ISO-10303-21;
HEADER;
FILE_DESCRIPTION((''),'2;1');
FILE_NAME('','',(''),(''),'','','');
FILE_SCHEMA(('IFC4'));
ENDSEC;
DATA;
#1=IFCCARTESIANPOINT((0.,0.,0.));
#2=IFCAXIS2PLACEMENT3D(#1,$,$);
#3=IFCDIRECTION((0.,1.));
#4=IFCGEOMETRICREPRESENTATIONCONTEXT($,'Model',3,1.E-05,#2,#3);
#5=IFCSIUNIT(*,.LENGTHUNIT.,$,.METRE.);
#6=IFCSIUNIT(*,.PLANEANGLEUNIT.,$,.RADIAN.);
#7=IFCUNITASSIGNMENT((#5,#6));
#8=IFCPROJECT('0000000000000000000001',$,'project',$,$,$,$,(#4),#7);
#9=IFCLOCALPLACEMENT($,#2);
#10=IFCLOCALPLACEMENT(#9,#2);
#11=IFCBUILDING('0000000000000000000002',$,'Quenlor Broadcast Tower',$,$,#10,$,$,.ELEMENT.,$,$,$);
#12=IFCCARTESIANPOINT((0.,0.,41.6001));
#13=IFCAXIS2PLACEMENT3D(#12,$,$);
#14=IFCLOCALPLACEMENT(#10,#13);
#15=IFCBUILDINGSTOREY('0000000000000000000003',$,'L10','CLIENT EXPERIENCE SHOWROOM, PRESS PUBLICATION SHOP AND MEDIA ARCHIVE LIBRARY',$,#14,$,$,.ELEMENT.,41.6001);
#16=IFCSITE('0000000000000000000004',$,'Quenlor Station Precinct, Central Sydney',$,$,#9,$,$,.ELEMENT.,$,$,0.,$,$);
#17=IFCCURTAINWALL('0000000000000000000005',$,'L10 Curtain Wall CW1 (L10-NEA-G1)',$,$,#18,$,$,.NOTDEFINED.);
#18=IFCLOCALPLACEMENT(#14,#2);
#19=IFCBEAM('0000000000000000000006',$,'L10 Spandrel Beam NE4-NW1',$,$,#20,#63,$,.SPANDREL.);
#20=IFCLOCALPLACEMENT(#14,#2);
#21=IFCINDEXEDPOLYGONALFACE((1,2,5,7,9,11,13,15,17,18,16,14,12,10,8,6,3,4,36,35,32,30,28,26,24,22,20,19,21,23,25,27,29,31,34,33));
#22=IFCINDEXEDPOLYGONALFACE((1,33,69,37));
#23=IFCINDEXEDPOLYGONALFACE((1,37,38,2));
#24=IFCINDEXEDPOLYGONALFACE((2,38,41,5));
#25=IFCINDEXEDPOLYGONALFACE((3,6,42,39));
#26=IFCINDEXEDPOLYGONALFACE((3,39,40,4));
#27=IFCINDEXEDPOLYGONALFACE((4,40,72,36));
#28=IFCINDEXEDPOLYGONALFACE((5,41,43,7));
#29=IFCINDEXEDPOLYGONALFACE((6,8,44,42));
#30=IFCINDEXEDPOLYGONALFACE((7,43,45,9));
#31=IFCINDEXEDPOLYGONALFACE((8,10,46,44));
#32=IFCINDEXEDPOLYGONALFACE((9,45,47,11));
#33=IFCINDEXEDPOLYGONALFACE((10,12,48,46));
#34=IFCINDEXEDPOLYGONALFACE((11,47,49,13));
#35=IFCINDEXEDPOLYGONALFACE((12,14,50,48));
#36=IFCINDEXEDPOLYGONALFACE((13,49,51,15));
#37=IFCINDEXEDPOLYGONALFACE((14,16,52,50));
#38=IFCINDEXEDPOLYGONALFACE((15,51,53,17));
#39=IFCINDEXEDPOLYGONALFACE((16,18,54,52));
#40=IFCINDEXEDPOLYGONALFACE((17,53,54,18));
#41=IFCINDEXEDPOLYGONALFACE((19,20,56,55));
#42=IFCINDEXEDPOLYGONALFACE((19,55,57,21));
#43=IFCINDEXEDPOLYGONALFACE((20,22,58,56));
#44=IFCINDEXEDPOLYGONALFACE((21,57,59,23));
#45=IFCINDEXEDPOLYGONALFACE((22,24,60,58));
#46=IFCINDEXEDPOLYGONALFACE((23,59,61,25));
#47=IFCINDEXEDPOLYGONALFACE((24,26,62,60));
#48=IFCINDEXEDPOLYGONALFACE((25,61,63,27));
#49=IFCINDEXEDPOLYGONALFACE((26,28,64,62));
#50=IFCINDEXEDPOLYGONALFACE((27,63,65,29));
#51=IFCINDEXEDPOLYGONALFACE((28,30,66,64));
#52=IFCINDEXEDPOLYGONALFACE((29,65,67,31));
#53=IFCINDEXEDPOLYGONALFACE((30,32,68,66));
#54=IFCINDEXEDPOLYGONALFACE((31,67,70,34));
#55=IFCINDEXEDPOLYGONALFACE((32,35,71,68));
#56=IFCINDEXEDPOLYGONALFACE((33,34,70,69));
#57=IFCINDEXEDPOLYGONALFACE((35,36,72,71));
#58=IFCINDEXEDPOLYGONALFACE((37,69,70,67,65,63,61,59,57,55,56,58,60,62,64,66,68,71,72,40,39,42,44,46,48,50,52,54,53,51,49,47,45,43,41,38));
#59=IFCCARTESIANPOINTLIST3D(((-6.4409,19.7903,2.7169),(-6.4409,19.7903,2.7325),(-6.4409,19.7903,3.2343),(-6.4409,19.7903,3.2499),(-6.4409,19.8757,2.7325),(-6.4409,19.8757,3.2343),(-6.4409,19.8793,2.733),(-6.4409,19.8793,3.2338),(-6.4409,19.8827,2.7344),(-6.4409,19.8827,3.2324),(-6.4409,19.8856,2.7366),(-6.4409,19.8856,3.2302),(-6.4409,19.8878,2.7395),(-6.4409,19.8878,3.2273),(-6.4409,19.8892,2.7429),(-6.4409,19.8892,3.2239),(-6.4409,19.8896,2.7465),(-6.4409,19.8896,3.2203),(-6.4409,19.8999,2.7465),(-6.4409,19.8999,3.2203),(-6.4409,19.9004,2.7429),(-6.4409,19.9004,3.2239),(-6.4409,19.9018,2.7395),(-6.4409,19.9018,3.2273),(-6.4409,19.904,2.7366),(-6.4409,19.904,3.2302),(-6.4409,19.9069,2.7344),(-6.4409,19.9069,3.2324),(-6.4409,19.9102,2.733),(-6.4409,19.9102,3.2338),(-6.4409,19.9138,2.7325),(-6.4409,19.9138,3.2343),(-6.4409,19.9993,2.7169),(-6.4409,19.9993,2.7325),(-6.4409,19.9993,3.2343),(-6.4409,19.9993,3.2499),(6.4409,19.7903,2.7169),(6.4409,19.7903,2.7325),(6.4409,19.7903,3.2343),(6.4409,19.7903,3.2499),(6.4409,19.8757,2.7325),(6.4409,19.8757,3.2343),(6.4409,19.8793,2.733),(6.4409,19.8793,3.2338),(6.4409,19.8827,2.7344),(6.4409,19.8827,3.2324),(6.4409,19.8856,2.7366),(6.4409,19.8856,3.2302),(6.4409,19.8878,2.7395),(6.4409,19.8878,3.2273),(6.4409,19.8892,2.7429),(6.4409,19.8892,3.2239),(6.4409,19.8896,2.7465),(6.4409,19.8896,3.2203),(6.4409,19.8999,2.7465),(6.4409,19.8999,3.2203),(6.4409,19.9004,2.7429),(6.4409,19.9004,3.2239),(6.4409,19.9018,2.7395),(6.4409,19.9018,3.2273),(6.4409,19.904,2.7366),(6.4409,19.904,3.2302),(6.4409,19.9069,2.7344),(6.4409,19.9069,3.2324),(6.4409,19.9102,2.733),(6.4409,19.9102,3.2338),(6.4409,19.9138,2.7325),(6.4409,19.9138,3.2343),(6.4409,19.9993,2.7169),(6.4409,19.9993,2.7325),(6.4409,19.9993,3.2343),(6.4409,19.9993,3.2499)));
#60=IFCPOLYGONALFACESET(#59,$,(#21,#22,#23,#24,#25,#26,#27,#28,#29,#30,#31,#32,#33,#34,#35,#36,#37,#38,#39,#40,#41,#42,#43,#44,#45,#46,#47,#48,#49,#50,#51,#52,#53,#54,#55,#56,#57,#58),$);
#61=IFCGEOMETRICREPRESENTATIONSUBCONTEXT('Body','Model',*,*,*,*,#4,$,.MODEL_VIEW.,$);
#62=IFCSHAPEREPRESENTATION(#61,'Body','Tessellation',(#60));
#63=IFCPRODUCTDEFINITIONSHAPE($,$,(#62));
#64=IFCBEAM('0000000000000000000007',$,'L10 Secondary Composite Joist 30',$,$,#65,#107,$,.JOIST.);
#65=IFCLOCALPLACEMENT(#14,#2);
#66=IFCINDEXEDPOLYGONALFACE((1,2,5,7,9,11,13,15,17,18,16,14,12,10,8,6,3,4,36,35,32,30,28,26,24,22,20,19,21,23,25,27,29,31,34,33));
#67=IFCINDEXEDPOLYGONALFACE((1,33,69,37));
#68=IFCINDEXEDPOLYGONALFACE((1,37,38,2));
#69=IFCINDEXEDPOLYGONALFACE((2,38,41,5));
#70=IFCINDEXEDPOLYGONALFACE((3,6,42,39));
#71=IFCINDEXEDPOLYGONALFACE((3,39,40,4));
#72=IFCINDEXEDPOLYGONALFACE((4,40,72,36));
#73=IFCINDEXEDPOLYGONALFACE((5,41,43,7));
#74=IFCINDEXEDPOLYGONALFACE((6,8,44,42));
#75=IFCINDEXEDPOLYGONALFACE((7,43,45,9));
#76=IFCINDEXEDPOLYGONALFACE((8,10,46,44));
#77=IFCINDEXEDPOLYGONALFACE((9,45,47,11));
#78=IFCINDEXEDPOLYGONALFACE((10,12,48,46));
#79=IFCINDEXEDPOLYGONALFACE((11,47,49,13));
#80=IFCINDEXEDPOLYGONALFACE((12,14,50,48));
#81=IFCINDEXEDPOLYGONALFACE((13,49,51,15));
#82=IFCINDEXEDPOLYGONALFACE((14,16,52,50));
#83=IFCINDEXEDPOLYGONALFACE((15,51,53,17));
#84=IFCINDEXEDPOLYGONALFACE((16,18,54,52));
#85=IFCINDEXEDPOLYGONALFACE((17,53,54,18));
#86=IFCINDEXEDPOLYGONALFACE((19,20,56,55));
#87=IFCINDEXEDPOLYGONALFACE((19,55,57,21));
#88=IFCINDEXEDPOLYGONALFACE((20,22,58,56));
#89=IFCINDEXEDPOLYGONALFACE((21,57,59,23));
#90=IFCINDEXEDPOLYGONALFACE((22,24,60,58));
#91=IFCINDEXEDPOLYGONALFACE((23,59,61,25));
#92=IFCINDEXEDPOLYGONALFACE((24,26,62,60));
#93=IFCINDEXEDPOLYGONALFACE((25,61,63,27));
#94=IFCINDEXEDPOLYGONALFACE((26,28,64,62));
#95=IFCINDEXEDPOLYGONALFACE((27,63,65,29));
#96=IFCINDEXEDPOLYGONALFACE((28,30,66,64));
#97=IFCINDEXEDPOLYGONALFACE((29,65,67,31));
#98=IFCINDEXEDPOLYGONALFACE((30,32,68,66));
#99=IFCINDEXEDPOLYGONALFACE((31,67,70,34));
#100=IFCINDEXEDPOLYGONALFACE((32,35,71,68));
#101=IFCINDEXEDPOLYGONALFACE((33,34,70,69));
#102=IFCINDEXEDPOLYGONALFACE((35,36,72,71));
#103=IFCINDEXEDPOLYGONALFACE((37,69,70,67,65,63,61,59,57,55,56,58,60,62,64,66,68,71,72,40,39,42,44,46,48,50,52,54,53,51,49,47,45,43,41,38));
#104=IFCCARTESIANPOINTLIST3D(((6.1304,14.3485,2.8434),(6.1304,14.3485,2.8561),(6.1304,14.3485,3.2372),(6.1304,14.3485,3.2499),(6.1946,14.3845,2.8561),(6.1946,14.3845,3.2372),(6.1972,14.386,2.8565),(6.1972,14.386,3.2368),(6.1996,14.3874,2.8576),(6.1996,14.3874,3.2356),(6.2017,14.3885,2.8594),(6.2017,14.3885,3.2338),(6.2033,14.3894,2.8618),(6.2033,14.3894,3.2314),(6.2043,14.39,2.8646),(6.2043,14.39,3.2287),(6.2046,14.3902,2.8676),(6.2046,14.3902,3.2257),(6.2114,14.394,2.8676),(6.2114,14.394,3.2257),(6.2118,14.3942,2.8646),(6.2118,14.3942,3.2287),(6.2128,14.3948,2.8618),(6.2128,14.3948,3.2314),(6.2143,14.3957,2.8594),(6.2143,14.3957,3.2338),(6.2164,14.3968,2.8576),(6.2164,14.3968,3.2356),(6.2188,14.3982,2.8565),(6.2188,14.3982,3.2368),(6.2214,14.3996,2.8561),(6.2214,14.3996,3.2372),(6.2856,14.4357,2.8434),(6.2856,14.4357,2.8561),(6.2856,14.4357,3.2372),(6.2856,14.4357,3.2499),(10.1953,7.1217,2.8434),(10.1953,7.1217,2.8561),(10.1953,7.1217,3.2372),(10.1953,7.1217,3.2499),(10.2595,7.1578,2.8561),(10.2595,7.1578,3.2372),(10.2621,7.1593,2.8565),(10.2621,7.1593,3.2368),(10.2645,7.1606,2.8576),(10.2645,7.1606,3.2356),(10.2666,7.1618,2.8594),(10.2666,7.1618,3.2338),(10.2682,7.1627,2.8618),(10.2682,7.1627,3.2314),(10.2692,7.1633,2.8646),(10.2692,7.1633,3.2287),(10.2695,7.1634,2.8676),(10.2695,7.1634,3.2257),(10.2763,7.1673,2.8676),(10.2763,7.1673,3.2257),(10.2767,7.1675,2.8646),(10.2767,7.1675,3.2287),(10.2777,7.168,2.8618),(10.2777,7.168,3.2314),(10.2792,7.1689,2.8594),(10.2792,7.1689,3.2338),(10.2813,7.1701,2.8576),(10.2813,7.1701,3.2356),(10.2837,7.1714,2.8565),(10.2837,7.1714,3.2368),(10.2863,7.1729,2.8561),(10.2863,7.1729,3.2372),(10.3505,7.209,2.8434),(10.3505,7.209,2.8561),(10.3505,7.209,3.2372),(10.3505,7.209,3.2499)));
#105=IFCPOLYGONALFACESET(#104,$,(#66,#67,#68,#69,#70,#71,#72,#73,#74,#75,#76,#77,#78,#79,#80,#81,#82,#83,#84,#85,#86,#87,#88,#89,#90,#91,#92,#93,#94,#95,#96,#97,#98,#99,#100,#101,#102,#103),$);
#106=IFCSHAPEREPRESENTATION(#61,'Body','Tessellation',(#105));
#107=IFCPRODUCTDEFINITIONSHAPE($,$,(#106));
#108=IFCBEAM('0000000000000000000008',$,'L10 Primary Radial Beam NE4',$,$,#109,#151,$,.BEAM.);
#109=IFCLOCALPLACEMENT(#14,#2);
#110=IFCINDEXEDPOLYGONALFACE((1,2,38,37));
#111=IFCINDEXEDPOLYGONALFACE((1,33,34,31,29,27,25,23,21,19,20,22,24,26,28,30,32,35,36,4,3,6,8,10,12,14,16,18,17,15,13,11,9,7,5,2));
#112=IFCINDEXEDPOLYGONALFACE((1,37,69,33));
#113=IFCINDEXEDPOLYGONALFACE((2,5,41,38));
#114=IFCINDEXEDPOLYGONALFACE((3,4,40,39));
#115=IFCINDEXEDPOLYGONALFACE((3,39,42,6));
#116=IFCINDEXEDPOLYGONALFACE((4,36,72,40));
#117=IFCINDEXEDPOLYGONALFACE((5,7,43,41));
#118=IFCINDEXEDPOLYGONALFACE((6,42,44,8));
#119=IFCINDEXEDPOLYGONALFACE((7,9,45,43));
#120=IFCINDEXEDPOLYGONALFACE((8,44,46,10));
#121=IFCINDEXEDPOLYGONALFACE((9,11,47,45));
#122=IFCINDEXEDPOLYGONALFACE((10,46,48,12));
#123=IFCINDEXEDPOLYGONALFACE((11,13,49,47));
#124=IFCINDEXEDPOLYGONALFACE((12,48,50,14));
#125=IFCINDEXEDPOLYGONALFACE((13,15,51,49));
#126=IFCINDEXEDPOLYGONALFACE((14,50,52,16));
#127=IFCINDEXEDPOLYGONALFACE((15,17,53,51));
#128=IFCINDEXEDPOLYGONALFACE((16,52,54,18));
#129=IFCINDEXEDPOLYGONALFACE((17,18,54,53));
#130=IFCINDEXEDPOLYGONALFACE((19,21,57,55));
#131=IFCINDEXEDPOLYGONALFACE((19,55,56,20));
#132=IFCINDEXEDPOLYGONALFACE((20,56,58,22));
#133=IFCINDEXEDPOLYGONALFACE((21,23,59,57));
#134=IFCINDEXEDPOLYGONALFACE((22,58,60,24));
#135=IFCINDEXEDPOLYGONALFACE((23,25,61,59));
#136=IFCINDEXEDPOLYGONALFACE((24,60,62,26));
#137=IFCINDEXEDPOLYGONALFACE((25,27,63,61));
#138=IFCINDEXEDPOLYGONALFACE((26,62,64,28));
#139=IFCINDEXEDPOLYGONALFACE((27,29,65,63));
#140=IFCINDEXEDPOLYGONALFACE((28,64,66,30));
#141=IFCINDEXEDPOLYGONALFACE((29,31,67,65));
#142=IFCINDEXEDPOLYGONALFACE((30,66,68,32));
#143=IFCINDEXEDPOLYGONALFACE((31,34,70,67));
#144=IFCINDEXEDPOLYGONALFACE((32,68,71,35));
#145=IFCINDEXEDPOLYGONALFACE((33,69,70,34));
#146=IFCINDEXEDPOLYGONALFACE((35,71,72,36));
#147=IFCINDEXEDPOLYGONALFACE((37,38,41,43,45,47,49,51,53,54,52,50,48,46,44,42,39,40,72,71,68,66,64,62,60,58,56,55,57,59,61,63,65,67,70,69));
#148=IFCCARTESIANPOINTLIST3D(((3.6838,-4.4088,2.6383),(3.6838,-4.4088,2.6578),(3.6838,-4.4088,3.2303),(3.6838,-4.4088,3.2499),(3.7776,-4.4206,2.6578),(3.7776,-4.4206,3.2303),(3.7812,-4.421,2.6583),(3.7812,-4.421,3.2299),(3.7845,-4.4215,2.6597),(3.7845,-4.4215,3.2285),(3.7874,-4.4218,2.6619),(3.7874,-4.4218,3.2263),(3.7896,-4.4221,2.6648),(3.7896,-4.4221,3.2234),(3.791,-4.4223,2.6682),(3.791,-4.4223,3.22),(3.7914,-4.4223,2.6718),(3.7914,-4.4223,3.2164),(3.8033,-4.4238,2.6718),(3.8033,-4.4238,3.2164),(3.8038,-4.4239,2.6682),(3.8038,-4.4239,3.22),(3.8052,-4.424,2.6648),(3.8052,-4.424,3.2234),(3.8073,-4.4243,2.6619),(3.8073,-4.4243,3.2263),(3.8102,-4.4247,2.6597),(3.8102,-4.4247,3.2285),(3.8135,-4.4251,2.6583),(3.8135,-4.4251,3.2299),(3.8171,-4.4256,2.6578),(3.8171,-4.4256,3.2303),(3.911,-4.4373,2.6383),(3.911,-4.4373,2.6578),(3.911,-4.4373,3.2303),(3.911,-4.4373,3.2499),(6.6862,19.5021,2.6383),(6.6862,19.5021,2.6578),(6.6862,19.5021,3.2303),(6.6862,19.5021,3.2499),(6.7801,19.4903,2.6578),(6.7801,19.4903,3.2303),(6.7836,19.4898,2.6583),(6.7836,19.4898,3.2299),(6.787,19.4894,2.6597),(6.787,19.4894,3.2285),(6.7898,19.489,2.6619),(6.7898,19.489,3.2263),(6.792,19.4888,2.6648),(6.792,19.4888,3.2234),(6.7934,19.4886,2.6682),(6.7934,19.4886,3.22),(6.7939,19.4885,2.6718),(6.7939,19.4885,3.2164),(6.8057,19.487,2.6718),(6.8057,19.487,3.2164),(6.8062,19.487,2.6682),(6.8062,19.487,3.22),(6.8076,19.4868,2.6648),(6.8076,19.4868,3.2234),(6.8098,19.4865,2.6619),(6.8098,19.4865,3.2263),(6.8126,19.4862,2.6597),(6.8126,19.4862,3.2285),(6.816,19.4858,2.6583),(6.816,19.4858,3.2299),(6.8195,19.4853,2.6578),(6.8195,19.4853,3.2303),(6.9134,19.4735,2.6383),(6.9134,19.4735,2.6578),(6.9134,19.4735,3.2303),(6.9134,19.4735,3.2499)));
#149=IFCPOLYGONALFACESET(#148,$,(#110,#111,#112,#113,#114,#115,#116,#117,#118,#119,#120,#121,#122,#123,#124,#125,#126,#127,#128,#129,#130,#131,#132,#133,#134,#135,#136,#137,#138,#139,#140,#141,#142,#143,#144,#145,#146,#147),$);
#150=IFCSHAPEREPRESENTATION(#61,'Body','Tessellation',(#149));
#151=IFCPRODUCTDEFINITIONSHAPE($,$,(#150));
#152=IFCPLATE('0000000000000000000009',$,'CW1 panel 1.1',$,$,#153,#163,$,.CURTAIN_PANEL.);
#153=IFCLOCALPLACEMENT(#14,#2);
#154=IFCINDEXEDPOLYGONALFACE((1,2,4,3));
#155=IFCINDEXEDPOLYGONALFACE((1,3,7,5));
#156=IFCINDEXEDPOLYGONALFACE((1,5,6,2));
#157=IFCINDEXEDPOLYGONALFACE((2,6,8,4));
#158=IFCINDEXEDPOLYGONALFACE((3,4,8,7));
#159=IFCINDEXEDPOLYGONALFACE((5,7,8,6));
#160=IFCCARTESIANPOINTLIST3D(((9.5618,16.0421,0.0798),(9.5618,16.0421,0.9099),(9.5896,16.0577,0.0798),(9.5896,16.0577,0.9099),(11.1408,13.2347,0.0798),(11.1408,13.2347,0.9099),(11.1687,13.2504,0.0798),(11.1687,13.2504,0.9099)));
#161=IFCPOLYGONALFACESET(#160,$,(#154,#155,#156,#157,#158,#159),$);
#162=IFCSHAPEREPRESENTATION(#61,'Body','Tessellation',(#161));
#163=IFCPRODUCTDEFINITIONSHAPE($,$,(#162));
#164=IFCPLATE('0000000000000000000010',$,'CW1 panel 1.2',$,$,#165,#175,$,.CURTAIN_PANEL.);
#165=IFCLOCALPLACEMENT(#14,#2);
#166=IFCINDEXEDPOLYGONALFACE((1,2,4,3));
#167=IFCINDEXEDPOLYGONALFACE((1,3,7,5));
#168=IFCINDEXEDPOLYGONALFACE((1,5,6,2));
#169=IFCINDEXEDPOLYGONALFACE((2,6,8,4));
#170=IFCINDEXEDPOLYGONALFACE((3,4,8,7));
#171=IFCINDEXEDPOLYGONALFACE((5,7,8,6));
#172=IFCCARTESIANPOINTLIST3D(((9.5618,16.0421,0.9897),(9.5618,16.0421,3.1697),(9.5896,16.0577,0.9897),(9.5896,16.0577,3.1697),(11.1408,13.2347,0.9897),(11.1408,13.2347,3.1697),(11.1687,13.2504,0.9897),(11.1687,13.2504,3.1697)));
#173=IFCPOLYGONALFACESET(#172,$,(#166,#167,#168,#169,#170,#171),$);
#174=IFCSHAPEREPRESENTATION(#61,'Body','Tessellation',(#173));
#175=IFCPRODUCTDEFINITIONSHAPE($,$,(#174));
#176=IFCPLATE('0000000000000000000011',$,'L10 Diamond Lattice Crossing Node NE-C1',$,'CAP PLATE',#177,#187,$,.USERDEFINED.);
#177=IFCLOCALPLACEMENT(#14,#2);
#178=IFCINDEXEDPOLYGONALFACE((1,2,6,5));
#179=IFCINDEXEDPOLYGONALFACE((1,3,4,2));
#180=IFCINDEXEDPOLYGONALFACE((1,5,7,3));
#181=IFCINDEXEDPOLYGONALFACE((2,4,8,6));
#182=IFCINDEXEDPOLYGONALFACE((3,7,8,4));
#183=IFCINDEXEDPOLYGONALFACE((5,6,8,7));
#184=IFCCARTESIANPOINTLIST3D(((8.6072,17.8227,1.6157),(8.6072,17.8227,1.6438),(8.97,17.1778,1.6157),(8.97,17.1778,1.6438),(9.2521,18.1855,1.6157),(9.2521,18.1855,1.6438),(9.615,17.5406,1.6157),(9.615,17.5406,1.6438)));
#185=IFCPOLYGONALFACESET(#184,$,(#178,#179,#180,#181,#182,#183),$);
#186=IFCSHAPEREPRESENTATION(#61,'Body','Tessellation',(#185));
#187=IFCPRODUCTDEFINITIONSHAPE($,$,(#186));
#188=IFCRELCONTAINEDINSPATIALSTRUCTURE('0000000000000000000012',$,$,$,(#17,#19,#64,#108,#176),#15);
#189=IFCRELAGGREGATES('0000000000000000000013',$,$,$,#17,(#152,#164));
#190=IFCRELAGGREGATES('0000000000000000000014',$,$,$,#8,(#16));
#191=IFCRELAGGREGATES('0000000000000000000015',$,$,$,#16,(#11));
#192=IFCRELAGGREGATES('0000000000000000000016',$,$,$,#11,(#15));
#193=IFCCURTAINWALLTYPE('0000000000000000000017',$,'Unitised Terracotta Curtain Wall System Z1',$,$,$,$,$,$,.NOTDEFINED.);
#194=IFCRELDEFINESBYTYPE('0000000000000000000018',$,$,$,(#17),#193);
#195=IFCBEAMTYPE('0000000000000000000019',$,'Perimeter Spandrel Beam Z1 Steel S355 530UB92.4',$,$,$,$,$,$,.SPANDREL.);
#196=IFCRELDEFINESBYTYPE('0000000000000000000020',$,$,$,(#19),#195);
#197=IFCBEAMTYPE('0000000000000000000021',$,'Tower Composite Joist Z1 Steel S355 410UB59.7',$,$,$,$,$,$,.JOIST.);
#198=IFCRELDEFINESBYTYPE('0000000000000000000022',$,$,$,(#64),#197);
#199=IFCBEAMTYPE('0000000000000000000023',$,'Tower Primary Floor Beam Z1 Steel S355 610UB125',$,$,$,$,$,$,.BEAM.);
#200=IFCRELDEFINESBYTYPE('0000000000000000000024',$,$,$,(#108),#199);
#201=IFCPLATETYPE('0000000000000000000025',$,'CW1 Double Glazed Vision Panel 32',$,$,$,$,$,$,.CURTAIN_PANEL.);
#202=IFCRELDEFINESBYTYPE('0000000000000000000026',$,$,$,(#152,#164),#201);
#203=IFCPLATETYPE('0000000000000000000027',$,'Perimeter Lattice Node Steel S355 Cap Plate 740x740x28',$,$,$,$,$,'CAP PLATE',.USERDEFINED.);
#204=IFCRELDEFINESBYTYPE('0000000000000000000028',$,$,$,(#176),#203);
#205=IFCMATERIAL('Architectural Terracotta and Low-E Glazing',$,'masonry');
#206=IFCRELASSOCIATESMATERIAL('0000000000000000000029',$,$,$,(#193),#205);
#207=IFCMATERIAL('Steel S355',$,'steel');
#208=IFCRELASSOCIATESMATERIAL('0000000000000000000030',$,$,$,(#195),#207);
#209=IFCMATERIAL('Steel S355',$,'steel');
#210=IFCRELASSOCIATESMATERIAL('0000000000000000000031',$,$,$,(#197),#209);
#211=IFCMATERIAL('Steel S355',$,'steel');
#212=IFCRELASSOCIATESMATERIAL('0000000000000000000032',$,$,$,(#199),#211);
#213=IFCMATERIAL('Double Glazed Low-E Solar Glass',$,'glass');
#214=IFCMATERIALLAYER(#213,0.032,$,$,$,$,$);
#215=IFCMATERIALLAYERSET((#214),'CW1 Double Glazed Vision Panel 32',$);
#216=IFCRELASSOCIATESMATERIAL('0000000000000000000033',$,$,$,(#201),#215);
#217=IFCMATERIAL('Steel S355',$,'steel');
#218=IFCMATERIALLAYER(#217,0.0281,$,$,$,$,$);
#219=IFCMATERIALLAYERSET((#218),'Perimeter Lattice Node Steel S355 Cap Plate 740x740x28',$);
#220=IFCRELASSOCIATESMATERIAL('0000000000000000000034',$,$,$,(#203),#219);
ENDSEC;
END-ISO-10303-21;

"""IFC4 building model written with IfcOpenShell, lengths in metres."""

from ifc_helpers import new_model, si_unit, direction, frame, origin, origin_2d, place, context, subcontext, project, spatial, rectangle, i_section, extrude, material, layer, layer_set, material_profile, profile_set, type_object, element, aggregate, save


model = new_model("IFC4")

# Units and contexts
model_context = context("Model", 3, precision=1e-05, world=origin(), true_north=direction((0.0, 1.0)))
body_context = subcontext(model_context, "Body", "Model", "MODEL_VIEW")
ifc_project = project(units=[si_unit("LENGTHUNIT", "METRE"), si_unit("PLANEANGLEUNIT", "RADIAN")], contexts=[model_context])

# Site, building, storey
site_placement = place(None, origin())
site = spatial("IfcSite", under=ifc_project, at=site_placement, Name="Quenlor Station Precinct, Central Sydney", CompositionType="ELEMENT", RefElevation=0.0)
building_placement = place(site_placement, origin())
building = spatial("IfcBuilding", under=site, at=building_placement, Name="Quenlor Broadcast Tower", CompositionType="ELEMENT")
storey_placement = place(building_placement, frame((0.0, 0.0, 41.6001)))
storey = spatial("IfcBuildingStorey", under=building, at=storey_placement, Name="L10", Description="CLIENT EXPERIENCE SHOWROOM, PRESS PUBLICATION SHOP AND MEDIA ARCHIVE LIBRARY", CompositionType="ELEMENT", Elevation=41.6001)

# Curtain wall
ifc_material_1 = material(Name="Architectural Terracotta and Low-E Glazing", Category="masonry")
curtain_wall_type = type_object("IfcCurtainWallType", Name="Unitised Terracotta Curtain Wall System Z1", PredefinedType="NOTDEFINED", material=ifc_material_1)
curtain_wall_placement = place(storey_placement, origin())
curtain_wall = element("IfcCurtainWall", 1, at=curtain_wall_placement, inside=storey, type_object=curtain_wall_type, Name="L10 Curtain Wall CW1 (L10-NEA-G1)", PredefinedType="NOTDEFINED")

# Beams
ifc_material_2 = material(Name="Steel S355", Category="steel")
ifc_material_profile_1 = material_profile(ifc_material_2, i_section(OverallWidth=0.209, OverallDepth=0.533, WebThickness=0.0103, FlangeThickness=0.0156, FilletRadius=0.0139, at=origin_2d()))
ifc_profile_set_1 = profile_set([ifc_material_profile_1], Name="Steel S355 530UB92.4")
beam_type_1 = type_object("IfcBeamType", Name="Perimeter Spandrel Beam Z1 Steel S355 530UB92.4", PredefinedType="SPANDREL", material=ifc_profile_set_1)
beam_1_placement = place(storey_placement, frame((6.4409, 19.8948, 2.9834), z_axis=(-1.0, 0.0, 0.0), x_axis=(0.0, -1.0, 0.0)))
element("IfcBeam", 2, at=beam_1_placement, inside=storey, type_object=beam_type_1, Name="L10 Spandrel Beam NE4-NW1", PredefinedType="SPANDREL", context=body_context, shape_type="SweptSolid", body=[
    extrude(i_section(OverallWidth=0.209, OverallDepth=0.533, WebThickness=0.0103, FlangeThickness=0.0156, FilletRadius=0.0139, at=origin_2d()), origin(), (0.0, 0.0, 1.0), 12.8818),
])
ifc_material_3 = material(Name="Steel S355", Category="steel")
ifc_material_profile_2 = material_profile(ifc_material_3, i_section(OverallWidth=0.178, OverallDepth=0.4065, WebThickness=0.0078, FlangeThickness=0.0127, FilletRadius=0.0115, at=origin_2d()))
ifc_profile_set_2 = profile_set([ifc_material_profile_2], Name="Steel S355 410UB59.7")
beam_type_2 = type_object("IfcBeamType", Name="Tower Composite Joist Z1 Steel S355 410UB59.7", PredefinedType="JOIST", material=ifc_profile_set_2)
beam_2_placement = place(storey_placement, frame((6.208, 14.3921, 3.0466), z_axis=(0.490249, -0.871583, 0.0), x_axis=(0.871583, 0.490249, 0.0)))
element("IfcBeam", 3, at=beam_2_placement, inside=storey, type_object=beam_type_2, Name="L10 Secondary Composite Joist 30", PredefinedType="JOIST", context=body_context, shape_type="SweptSolid", body=[
    extrude(i_section(OverallWidth=0.178, OverallDepth=0.4065, WebThickness=0.0078, FlangeThickness=0.0127, FilletRadius=0.0115, at=origin_2d()), origin(), (0.0, 0.0, 1.0), 8.2915),
])
ifc_material_4 = material(Name="Steel S355", Category="steel")
ifc_material_profile_3 = material_profile(ifc_material_4, i_section(OverallWidth=0.229, OverallDepth=0.6116, WebThickness=0.012, FlangeThickness=0.0195, FilletRadius=0.0139, at=origin_2d()))
ifc_profile_set_3 = profile_set([ifc_material_profile_3], Name="Steel S355 610UB125")
beam_type_3 = type_object("IfcBeamType", Name="Tower Primary Floor Beam Z1 Steel S355 610UB125", PredefinedType="BEAM", material=ifc_profile_set_3)
beam_3_placement = place(storey_placement, frame((6.7998, 19.4878, 2.9441), z_axis=(-0.12459, -0.992208, 0.0), x_axis=(0.992208, -0.12459, 0.0)))
element("IfcBeam", 4, at=beam_3_placement, inside=storey, type_object=beam_type_3, Name="L10 Primary Radial Beam NE4", PredefinedType="BEAM", context=body_context, shape_type="SweptSolid", body=[
    extrude(i_section(OverallWidth=0.229, OverallDepth=0.6116, WebThickness=0.012, FlangeThickness=0.0195, FilletRadius=0.0139, at=origin_2d()), origin(), (0.0, 0.0, 1.0), 24.0986),
])

# Plates
ifc_material_5 = material(Name="Double Glazed Low-E Solar Glass", Category="glass")
ifc_layer_1 = layer(ifc_material_5, 0.032)
ifc_layer_set_1 = layer_set([ifc_layer_1], Name="CW1 Double Glazed Vision Panel 32")
plate_type_1 = type_object("IfcPlateType", Name="CW1 Double Glazed Vision Panel 32", PredefinedType="CURTAIN_PANEL", material=ifc_layer_set_1)
plate_1_placement = place(storey_placement, frame((10.3652, 14.6462, 0.0798), z_axis=(0.0, 0.0, 1.0), x_axis=(0.490244, -0.871585, 0.0)))
plate_1 = element("IfcPlate", 5, at=plate_1_placement, type_object=plate_type_1, Name="CW1 panel 1.1", PredefinedType="CURTAIN_PANEL", context=body_context, shape_type="SweptSolid", body=[
    extrude(rectangle(XDim=3.2209, YDim=0.032, at=origin_2d()), origin(), (0.0, 0.0, 1.0), 0.8301),
])
plate_2_placement = place(storey_placement, frame((10.3652, 14.6462, 0.9897), z_axis=(0.0, 0.0, 1.0), x_axis=(0.490244, -0.871585, 0.0)))
plate_2 = element("IfcPlate", 6, at=plate_2_placement, type_object=plate_type_1, Name="CW1 panel 1.2", PredefinedType="CURTAIN_PANEL", context=body_context, shape_type="SweptSolid", body=[
    extrude(rectangle(XDim=3.2209, YDim=0.032, at=origin_2d()), origin(), (0.0, 0.0, 1.0), 2.1799),
])
aggregate(curtain_wall, [plate_1, plate_2])

# Plate
ifc_material_6 = material(Name="Steel S355", Category="steel")
ifc_layer_2 = layer(ifc_material_6, 0.0281)
ifc_layer_set_2 = layer_set([ifc_layer_2], Name="Perimeter Lattice Node Steel S355 Cap Plate 740x740x28")
plate_type_2 = type_object("IfcPlateType", Name="Perimeter Lattice Node Steel S355 Cap Plate 740x740x28", ElementType="CAP PLATE", PredefinedType="USERDEFINED", material=ifc_layer_set_2)
plate_3_placement = place(storey_placement, frame((9.1111, 17.6816, 1.6157), z_axis=(0.0, 0.0, 1.0), x_axis=(0.490295, -0.871556, 0.0)))
element("IfcPlate", 7, at=plate_3_placement, inside=storey, type_object=plate_type_2, Name="L10 Diamond Lattice Crossing Node NE-C1", ObjectType="CAP PLATE", PredefinedType="USERDEFINED", context=body_context, shape_type="SweptSolid", body=[
    extrude(rectangle(XDim=0.74, YDim=0.74, at=origin_2d()), origin(), (0.0, 0.0, 1.0), 0.0281),
])

save(model, "model.ifc")
